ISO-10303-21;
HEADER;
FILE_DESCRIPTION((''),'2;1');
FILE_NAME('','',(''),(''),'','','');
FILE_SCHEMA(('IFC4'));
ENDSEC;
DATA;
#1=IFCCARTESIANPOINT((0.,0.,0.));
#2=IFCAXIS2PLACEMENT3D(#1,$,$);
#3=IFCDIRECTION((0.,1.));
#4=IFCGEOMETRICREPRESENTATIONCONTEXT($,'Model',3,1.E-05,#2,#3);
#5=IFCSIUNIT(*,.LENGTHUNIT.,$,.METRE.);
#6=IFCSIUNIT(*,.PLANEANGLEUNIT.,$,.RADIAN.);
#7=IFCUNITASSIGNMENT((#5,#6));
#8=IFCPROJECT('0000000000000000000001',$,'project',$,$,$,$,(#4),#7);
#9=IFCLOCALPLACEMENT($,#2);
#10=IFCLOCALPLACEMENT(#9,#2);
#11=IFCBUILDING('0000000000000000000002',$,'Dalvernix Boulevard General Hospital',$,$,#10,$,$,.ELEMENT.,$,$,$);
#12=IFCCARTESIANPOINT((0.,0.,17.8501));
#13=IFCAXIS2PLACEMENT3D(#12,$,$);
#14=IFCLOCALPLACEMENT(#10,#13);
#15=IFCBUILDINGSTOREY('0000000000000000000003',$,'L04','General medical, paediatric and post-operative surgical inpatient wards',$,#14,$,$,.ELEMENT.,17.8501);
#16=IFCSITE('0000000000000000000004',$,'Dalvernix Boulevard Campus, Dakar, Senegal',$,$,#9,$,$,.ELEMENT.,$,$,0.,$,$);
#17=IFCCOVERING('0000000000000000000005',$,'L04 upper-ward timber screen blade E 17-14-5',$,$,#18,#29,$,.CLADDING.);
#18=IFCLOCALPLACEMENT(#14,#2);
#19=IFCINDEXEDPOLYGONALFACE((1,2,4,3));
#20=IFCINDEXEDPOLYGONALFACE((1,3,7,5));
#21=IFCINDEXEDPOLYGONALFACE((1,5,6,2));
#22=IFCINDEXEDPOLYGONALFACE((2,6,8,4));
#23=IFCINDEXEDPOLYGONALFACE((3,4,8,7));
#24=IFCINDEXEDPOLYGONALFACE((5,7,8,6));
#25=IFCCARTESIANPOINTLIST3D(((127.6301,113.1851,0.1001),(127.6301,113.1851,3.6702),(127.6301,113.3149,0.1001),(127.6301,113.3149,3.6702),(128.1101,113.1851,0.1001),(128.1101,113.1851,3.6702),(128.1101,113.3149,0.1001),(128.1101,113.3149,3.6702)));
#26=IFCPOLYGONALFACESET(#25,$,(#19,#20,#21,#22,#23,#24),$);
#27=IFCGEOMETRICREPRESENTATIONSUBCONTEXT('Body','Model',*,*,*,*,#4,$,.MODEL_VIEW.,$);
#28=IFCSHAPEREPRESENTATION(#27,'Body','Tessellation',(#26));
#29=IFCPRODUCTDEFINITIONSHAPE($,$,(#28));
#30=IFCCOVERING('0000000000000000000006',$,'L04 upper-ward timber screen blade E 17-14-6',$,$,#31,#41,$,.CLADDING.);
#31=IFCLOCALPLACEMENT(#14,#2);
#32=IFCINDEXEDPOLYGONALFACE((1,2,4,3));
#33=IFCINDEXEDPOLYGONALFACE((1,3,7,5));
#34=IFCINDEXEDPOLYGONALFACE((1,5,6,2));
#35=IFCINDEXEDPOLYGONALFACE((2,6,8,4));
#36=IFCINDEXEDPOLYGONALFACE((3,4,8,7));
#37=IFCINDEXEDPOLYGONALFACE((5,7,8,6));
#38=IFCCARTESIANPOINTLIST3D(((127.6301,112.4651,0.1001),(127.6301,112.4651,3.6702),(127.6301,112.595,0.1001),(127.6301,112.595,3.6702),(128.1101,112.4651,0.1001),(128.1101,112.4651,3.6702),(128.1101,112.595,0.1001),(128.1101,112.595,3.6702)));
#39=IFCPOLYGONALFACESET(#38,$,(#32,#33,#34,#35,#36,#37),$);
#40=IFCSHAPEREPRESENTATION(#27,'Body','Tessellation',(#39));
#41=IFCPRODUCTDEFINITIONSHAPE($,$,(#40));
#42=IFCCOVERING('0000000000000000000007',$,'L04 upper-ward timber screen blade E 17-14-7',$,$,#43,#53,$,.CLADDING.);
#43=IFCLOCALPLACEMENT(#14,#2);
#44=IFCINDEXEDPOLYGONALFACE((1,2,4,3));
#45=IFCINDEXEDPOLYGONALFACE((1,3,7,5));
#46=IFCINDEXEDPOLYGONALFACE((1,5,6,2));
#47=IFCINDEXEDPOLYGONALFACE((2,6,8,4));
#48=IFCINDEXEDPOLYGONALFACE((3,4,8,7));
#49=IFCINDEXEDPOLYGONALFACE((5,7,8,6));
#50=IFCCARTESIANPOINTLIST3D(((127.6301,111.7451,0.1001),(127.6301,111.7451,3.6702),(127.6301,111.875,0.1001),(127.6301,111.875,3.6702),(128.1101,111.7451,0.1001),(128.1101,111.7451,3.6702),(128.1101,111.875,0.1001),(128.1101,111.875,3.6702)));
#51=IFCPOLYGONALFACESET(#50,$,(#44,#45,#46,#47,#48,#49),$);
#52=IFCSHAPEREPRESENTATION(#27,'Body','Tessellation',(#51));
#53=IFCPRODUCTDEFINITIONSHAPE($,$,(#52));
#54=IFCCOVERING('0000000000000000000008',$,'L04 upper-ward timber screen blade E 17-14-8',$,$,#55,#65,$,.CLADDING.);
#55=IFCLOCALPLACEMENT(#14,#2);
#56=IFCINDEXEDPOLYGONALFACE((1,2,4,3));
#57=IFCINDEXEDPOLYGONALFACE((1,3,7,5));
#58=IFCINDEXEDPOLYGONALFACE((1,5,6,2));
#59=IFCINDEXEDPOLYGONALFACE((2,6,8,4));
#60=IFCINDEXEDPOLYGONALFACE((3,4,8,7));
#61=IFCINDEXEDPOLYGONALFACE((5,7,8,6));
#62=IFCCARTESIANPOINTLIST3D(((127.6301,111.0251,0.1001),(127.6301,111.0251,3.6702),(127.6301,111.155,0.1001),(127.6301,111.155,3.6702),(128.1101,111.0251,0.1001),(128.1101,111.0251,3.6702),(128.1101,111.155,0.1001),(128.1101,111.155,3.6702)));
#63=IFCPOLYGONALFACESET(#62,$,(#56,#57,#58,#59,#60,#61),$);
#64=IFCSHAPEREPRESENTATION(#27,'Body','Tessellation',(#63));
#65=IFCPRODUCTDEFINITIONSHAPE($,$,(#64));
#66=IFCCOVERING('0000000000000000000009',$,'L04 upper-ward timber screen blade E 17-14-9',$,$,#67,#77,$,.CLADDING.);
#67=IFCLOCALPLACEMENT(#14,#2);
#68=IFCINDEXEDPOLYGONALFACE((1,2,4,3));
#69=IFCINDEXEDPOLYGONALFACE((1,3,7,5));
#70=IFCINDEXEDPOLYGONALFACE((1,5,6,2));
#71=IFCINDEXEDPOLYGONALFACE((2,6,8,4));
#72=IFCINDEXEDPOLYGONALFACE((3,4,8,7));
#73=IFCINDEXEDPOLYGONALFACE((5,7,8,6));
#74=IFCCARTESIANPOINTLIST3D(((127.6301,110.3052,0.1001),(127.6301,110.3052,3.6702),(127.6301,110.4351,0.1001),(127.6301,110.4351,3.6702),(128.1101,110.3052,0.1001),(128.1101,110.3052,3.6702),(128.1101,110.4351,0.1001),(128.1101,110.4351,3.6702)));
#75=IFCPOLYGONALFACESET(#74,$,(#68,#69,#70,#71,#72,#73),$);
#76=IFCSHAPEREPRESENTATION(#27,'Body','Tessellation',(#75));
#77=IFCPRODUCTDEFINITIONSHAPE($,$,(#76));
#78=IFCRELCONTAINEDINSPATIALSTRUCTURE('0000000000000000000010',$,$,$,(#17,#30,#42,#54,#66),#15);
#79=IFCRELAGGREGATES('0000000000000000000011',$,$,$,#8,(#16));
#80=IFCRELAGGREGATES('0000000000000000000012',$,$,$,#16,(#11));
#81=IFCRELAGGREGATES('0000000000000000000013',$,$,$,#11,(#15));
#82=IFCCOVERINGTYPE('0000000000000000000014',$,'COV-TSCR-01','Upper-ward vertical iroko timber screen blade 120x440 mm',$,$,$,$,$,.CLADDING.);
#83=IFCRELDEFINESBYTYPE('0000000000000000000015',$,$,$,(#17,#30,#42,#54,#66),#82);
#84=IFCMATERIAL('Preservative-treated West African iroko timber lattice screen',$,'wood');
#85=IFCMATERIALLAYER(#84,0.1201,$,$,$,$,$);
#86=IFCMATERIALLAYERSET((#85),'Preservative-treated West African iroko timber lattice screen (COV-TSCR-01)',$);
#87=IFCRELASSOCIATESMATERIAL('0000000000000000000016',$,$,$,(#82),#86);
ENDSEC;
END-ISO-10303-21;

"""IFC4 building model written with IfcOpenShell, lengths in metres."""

from ifc_helpers import new_model, si_unit, direction, frame, origin, origin_2d, place, context, subcontext, project, spatial, rectangle, extrude, material, layer, layer_set, type_object, element, save


model = new_model("IFC4")

# Units and contexts
model_context = context("Model", 3, precision=1e-05, world=origin(), true_north=direction((0.0, 1.0)))
body_context = subcontext(model_context, "Body", "Model", "MODEL_VIEW")
ifc_project = project(units=[si_unit("LENGTHUNIT", "METRE"), si_unit("PLANEANGLEUNIT", "RADIAN")], contexts=[model_context])

# Site, building, storey
site_placement = place(None, origin())
site = spatial("IfcSite", under=ifc_project, at=site_placement, Name="Dalvernix Boulevard Campus, Dakar, Senegal", CompositionType="ELEMENT", RefElevation=0.0)
building_placement = place(site_placement, origin())
building = spatial("IfcBuilding", under=site, at=building_placement, Name="Dalvernix Boulevard General Hospital", CompositionType="ELEMENT")
storey_placement = place(building_placement, frame((0.0, 0.0, 17.8501)))
storey = spatial("IfcBuildingStorey", under=building, at=storey_placement, Name="L04", Description="General medical, paediatric and post-operative surgical inpatient wards", CompositionType="ELEMENT", Elevation=17.8501)

# Coverings
ifc_material_1 = material(Name="Preservative-treated West African iroko timber lattice screen", Category="wood")
ifc_layer_1 = layer(ifc_material_1, 0.1201)
ifc_layer_set_1 = layer_set([ifc_layer_1], Name="Preservative-treated West African iroko timber lattice screen (COV-TSCR-01)")
covering_type_1 = type_object("IfcCoveringType", Name="COV-TSCR-01", Description="Upper-ward vertical iroko timber screen blade 120x440 mm", PredefinedType="CLADDING", material=ifc_layer_set_1)
for number, where, z_axis, x_axis, name in (
    (1, (127.8701, 113.25, 0.1001), (0.0, 0.0, 1.0), (0.0, -1.0, 0.0), "L04 upper-ward timber screen blade E 17-14-5"),
    (2, (127.8701, 112.53, 0.1001), (0.0, 0.0, 1.0), (0.0, -1.0, 0.0), "L04 upper-ward timber screen blade E 17-14-6"),
    (3, (127.8701, 111.8101, 0.1001), (0.0, 0.0, 1.0), (0.0, -1.0, 0.0), "L04 upper-ward timber screen blade E 17-14-7"),
    (4, (127.8701, 111.0901, 0.1001), (0.0, 0.0, 1.0), (0.0, -1.0, 0.0), "L04 upper-ward timber screen blade E 17-14-8"),
    (5, (127.8701, 110.3701, 0.1001), (0.0, 0.0, 1.0), (0.0, -1.0, 0.0), "L04 upper-ward timber screen blade E 17-14-9"),
):
    element("IfcCovering", number, at=place(storey_placement, frame(where, z_axis=z_axis, x_axis=x_axis)), inside=storey, type_object=covering_type_1, Name=name, PredefinedType="CLADDING", context=body_context, shape_type="SweptSolid", body=[
        extrude(rectangle(XDim=0.1299, YDim=0.48, at=origin_2d()), origin(), (0.0, 0.0, 1.0), 3.5701),
    ])

save(model, "model.ifc")
